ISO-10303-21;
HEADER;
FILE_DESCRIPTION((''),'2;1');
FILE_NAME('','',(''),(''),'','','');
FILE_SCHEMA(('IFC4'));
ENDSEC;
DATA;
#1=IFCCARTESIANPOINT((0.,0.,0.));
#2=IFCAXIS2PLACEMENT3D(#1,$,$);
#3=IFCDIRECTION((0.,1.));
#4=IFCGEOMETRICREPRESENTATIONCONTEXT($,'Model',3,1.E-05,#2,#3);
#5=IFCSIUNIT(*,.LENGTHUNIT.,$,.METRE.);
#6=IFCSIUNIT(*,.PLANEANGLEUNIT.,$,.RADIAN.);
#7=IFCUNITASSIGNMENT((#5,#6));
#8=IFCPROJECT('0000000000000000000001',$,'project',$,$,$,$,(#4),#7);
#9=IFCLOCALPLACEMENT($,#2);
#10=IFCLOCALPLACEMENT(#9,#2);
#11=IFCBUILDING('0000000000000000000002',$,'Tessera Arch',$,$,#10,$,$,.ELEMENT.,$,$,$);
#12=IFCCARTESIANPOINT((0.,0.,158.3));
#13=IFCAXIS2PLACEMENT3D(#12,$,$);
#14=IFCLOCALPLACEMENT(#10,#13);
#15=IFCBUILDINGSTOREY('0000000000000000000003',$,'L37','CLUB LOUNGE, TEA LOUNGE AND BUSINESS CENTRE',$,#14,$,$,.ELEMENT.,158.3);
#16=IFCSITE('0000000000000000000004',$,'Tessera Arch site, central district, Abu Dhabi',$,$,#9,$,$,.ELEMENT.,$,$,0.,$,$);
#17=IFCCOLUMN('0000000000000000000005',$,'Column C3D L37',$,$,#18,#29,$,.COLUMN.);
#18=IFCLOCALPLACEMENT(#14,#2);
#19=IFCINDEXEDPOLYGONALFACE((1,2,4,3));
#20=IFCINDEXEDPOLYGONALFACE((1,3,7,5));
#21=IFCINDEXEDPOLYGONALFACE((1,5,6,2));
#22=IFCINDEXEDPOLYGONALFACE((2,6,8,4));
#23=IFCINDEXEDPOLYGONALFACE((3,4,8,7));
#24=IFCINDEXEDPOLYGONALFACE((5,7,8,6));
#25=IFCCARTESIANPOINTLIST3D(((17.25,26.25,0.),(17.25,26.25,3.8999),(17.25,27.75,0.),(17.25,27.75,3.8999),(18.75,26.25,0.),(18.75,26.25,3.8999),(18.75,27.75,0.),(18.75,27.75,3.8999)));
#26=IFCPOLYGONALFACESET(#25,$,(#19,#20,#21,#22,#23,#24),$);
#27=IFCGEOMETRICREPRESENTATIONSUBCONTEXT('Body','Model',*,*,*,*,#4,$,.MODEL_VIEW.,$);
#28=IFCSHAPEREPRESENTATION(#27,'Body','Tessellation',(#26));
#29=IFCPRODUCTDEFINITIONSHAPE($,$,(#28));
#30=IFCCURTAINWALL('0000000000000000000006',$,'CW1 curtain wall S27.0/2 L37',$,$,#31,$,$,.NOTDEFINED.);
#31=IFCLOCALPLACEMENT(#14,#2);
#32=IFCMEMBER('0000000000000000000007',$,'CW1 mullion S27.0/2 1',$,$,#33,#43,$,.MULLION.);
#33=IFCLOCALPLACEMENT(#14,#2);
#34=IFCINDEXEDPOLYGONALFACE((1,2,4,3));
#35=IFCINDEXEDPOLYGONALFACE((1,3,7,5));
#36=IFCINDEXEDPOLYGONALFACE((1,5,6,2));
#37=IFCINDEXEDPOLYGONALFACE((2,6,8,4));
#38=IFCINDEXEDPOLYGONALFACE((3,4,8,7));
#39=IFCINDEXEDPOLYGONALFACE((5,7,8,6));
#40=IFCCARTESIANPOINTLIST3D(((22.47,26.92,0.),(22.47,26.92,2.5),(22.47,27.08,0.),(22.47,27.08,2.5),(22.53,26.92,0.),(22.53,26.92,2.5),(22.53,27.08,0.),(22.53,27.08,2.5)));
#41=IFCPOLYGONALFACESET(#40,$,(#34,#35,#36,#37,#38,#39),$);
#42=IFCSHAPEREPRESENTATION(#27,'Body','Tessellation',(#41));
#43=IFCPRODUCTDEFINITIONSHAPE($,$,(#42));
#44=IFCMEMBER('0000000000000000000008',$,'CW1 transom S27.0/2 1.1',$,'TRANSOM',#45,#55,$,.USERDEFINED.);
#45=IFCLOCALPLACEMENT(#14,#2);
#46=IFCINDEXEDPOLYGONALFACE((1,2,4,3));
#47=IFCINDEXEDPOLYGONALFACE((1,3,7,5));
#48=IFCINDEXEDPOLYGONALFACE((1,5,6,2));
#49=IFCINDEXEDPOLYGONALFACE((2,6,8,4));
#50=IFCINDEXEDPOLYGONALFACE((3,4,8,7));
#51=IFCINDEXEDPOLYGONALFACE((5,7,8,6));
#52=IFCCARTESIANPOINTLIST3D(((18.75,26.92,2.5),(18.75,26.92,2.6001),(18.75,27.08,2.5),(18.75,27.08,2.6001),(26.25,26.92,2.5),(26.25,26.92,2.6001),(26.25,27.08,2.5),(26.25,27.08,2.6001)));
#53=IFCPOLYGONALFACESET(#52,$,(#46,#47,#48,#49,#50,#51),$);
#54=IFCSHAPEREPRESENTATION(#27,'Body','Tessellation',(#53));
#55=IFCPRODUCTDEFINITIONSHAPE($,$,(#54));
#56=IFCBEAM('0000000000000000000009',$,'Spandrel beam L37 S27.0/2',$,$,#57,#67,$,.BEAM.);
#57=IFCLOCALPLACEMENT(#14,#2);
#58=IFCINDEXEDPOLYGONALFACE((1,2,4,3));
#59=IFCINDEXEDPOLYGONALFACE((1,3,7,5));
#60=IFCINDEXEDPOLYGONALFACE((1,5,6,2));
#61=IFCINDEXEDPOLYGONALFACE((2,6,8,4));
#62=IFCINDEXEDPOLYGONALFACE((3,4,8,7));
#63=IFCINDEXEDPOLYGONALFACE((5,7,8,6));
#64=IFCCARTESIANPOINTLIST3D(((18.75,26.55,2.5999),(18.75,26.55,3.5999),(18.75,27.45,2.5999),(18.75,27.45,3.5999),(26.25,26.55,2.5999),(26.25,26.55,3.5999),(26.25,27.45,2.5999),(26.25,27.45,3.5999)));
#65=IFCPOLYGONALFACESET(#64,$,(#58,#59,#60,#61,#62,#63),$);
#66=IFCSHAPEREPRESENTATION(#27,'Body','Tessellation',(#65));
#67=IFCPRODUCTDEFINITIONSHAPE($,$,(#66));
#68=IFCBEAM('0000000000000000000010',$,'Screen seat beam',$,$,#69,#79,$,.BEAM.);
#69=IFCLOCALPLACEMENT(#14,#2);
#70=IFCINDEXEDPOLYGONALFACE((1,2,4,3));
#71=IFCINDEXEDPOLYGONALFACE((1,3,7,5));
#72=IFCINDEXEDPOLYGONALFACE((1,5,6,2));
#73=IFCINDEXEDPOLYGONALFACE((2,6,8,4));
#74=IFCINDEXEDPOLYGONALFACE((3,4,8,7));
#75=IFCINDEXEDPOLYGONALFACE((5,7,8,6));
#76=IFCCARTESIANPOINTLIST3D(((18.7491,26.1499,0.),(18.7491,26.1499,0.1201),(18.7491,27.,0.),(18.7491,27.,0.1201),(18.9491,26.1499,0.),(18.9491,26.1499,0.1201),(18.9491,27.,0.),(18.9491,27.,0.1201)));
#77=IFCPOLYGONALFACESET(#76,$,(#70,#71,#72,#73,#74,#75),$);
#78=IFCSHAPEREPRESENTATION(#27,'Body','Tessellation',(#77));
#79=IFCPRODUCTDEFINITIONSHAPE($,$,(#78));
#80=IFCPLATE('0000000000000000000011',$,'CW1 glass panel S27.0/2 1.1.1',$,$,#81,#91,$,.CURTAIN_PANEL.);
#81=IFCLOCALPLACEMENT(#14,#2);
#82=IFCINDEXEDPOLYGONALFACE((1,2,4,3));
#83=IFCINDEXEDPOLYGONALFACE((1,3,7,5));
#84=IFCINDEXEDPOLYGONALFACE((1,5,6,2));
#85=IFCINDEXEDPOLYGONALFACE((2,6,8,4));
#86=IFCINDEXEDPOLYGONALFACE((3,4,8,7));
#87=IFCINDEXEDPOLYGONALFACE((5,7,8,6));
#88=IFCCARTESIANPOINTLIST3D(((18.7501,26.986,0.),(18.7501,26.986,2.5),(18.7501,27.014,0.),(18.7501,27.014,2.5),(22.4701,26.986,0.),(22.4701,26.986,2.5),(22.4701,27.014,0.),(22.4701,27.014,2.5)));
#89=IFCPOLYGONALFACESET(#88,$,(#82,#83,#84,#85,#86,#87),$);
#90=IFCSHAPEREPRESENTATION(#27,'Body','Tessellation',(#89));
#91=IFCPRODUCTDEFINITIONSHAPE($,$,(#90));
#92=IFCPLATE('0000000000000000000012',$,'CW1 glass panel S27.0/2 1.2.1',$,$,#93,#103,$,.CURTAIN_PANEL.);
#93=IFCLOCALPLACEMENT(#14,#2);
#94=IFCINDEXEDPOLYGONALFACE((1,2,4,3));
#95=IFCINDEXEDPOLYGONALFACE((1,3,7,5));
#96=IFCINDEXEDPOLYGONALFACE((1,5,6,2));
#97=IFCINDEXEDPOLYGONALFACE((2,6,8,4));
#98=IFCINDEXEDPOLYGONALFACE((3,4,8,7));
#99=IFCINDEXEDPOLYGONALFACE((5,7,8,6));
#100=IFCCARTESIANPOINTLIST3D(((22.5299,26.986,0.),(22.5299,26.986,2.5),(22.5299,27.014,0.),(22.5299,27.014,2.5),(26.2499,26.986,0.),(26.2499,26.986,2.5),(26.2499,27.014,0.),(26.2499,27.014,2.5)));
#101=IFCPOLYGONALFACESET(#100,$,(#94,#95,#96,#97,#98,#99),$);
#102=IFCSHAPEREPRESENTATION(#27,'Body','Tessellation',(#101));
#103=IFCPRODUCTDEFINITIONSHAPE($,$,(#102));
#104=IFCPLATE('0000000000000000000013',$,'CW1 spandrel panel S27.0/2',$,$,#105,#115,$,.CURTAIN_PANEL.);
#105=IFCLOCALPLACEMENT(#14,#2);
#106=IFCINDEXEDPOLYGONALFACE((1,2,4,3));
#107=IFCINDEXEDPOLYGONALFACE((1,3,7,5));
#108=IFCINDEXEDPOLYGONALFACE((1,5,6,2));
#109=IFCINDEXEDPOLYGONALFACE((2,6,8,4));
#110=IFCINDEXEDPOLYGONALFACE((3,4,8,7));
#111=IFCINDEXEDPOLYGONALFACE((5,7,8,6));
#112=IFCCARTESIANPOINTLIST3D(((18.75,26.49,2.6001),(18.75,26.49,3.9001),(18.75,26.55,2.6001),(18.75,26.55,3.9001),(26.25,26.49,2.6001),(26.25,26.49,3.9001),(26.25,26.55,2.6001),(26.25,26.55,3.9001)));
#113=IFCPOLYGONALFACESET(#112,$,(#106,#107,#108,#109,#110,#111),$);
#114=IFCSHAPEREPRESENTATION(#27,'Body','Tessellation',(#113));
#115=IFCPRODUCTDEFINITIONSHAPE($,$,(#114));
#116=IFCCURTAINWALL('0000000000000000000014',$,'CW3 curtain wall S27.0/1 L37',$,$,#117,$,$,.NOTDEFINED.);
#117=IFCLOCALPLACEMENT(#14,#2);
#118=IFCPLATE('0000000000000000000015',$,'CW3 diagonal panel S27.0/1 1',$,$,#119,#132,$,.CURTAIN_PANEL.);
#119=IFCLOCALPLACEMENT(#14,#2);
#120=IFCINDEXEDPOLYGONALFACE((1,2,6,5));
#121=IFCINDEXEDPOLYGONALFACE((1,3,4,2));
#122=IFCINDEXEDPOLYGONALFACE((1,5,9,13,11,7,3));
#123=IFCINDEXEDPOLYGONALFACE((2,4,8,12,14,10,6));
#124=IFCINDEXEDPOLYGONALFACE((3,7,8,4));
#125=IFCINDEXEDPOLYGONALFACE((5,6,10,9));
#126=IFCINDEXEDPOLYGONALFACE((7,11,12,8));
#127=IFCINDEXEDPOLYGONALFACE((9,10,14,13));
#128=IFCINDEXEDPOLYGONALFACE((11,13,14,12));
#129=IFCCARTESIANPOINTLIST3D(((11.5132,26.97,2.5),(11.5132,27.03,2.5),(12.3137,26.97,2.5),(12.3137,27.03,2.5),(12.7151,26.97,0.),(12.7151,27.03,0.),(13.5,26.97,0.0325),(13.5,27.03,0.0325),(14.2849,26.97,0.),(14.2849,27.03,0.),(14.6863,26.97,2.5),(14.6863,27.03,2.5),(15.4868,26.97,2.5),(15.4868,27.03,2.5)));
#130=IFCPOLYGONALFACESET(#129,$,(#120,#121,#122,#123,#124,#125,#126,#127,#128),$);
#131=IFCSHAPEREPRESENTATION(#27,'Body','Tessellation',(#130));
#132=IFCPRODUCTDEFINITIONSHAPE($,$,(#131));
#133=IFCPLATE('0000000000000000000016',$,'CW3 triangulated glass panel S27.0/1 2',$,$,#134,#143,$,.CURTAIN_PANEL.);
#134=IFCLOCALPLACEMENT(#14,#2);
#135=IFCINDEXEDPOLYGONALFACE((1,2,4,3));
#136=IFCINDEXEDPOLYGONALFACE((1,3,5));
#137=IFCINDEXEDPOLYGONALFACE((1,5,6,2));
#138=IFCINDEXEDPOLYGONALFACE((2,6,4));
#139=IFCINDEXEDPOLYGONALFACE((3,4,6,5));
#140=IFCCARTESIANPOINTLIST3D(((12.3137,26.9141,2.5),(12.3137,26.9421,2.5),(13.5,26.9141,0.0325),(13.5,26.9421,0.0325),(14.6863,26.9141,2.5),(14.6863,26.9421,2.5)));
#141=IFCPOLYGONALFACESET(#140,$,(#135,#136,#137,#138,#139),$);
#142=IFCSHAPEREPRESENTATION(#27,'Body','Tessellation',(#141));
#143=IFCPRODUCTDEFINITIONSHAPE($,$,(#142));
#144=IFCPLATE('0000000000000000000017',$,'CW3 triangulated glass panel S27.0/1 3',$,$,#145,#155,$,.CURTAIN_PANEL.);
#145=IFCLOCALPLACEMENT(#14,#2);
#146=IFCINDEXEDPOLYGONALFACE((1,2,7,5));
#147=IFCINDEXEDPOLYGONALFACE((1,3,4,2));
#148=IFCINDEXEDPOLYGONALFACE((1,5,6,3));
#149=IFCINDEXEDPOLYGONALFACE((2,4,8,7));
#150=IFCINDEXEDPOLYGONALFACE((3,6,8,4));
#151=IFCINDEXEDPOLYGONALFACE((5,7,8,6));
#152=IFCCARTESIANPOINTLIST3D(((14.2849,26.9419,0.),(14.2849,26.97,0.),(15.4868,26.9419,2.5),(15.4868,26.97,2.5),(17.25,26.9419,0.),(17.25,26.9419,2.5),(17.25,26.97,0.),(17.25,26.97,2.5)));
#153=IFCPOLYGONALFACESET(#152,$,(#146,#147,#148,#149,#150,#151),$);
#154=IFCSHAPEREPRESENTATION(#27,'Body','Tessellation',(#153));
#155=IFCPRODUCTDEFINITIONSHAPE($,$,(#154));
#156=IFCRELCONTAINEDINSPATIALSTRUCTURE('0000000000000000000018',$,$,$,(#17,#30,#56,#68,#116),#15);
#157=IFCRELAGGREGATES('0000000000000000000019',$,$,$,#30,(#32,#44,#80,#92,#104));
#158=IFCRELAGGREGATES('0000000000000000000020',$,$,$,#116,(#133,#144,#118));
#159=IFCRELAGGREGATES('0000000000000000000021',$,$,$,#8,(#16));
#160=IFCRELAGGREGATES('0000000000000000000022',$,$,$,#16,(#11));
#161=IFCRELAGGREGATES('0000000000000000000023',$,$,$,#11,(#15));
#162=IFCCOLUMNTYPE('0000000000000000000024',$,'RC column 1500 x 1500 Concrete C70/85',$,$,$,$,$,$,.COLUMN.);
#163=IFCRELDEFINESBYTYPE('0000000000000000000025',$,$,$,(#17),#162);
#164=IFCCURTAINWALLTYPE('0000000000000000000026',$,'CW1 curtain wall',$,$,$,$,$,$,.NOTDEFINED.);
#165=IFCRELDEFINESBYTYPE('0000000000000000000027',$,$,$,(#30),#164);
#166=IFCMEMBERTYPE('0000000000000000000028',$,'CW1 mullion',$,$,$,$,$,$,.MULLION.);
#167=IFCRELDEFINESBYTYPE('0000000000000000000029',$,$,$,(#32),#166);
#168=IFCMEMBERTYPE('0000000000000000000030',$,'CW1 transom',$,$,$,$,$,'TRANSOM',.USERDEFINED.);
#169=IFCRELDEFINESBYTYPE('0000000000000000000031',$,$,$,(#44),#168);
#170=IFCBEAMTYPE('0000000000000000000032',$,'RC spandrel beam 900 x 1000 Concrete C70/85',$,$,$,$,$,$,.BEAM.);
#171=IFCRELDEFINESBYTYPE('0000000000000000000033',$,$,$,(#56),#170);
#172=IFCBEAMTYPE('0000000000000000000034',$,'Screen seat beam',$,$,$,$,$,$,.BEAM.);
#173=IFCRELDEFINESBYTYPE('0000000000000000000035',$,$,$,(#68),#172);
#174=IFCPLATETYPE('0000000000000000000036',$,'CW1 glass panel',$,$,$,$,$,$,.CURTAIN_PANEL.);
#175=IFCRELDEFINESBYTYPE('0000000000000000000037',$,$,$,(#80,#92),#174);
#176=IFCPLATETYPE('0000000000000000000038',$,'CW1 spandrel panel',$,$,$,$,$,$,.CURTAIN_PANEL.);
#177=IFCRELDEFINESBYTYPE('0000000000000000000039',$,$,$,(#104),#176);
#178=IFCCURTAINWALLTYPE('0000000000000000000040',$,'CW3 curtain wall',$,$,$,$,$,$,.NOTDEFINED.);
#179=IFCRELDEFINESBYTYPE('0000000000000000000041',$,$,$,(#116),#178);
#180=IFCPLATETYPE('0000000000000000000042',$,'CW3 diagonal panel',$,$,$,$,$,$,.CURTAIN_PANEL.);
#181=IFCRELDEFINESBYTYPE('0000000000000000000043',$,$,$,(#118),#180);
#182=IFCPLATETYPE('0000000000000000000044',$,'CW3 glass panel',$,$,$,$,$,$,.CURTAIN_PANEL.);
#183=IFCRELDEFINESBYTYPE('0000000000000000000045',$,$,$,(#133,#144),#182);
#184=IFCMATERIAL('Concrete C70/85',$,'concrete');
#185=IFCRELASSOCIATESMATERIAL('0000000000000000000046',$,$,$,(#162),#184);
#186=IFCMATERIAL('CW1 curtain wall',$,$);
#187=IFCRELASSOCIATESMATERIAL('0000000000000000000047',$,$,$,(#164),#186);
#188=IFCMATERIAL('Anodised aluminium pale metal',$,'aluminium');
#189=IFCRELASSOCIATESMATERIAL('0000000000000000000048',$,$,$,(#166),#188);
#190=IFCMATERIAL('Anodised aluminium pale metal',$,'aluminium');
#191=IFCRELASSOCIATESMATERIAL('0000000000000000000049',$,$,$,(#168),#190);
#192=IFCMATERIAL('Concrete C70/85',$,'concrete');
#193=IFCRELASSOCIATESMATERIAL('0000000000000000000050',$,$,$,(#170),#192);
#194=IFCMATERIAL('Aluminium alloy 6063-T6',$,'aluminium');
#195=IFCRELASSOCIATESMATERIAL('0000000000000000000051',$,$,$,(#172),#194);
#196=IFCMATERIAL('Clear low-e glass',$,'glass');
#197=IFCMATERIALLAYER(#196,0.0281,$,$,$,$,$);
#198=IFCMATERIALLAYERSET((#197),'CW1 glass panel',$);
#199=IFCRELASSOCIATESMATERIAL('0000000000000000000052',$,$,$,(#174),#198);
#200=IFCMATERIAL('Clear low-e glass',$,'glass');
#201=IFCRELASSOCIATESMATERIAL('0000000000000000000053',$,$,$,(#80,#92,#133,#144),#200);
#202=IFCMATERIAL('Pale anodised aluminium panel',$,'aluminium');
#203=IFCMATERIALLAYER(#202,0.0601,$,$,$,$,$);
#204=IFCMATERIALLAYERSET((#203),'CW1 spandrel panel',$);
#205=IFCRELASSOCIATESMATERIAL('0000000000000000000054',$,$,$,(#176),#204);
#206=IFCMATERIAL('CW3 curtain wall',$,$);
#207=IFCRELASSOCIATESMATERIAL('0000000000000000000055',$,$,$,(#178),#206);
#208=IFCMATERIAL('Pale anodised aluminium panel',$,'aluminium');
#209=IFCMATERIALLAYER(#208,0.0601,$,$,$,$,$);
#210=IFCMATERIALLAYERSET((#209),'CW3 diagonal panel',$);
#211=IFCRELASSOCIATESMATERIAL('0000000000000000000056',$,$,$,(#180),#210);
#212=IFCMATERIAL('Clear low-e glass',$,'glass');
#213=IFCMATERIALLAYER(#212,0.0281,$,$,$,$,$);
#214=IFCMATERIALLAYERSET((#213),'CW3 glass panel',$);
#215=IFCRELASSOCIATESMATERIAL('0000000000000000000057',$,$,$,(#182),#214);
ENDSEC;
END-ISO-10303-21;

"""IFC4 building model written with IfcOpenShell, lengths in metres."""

from ifc_helpers import new_model, si_unit, direction, frame, origin, origin_2d, place, context, subcontext, project, spatial, polyline, rectangle, outline, extrude, material, layer, layer_set, material_profile, profile_set, type_object, element, aggregate, save


model = new_model("IFC4")

# Units and contexts
model_context = context("Model", 3, precision=1e-05, world=origin(), true_north=direction((0.0, 1.0)))
body_context = subcontext(model_context, "Body", "Model", "MODEL_VIEW")
ifc_project = project(units=[si_unit("LENGTHUNIT", "METRE"), si_unit("PLANEANGLEUNIT", "RADIAN")], contexts=[model_context])

# Site, building, storey
site_placement = place(None, origin())
site = spatial("IfcSite", under=ifc_project, at=site_placement, Name="Tessera Arch site, central district, Abu Dhabi", CompositionType="ELEMENT", RefElevation=0.0)
building_placement = place(site_placement, origin())
building = spatial("IfcBuilding", under=site, at=building_placement, Name="Tessera Arch", CompositionType="ELEMENT")
storey_placement = place(building_placement, frame((0.0, 0.0, 158.3)))
storey = spatial("IfcBuildingStorey", under=building, at=storey_placement, Name="L37", Description="CLUB LOUNGE, TEA LOUNGE AND BUSINESS CENTRE", CompositionType="ELEMENT", Elevation=158.3)

# Column
ifc_material_1 = material(Name="Concrete C70/85", Category="concrete")
ifc_material_profile_1 = material_profile(ifc_material_1, rectangle(XDim=1.5, YDim=1.5, at=origin_2d()), Name="RC column 1500 x 1500 Concrete C70/85")
ifc_profile_set_1 = profile_set([ifc_material_profile_1], Name="Concrete C70/85")
column_type = type_object("IfcColumnType", Name="RC column 1500 x 1500 Concrete C70/85", PredefinedType="COLUMN", material=ifc_profile_set_1)
column_placement = place(storey_placement, frame((18.0, 27.0, 0.0), z_axis=(0.0, 0.0, 1.0), x_axis=(1.0, 0.0, 0.0)))
element("IfcColumn", 1, at=column_placement, inside=storey, type_object=column_type, Name="Column C3D L37", PredefinedType="COLUMN", context=body_context, shape_type="SweptSolid", body=[
    extrude(rectangle(XDim=1.5, YDim=1.5, at=origin_2d()), origin(), (0.0, 0.0, 1.0), 3.8999),
])

# Curtain wall, members
ifc_material_2 = material(Name="CW1 curtain wall")
curtain_wall_type_1 = type_object("IfcCurtainWallType", Name="CW1 curtain wall", PredefinedType="NOTDEFINED", material=ifc_material_2)
curtain_wall_1_placement = place(storey_placement, origin())
curtain_wall_1 = element("IfcCurtainWall", 2, at=curtain_wall_1_placement, inside=storey, type_object=curtain_wall_type_1, Name="CW1 curtain wall S27.0/2 L37", PredefinedType="NOTDEFINED")
ifc_material_3 = material(Name="Anodised aluminium pale metal", Category="aluminium")
ifc_material_profile_2 = material_profile(ifc_material_3, rectangle(XDim=0.1599, YDim=0.0601, at=origin_2d()), Name="AL 60x160")
ifc_profile_set_2 = profile_set([ifc_material_profile_2], Name="Anodised aluminium pale metal")
member_type_1 = type_object("IfcMemberType", Name="CW1 mullion", PredefinedType="MULLION", material=ifc_profile_set_2)
member_1_placement = place(storey_placement, frame((22.5, 27.0, 0.0), z_axis=(0.0, 0.0, 1.0), x_axis=(0.0, 1.0, 0.0)))
member_1 = element("IfcMember", 3, at=member_1_placement, type_object=member_type_1, Name="CW1 mullion S27.0/2 1", PredefinedType="MULLION", context=body_context, shape_type="SweptSolid", body=[
    extrude(rectangle(XDim=0.1599, YDim=0.0601, at=origin_2d()), origin(), (0.0, 0.0, 1.0), 2.5),
])
ifc_material_4 = material(Name="Anodised aluminium pale metal", Category="aluminium")
ifc_material_profile_3 = material_profile(ifc_material_4, rectangle(XDim=0.1599, YDim=0.1001, at=origin_2d()), Name="AL 160x100")
ifc_profile_set_3 = profile_set([ifc_material_profile_3], Name="Anodised aluminium pale metal")
member_type_2 = type_object("IfcMemberType", Name="CW1 transom", ElementType="TRANSOM", PredefinedType="USERDEFINED", material=ifc_profile_set_3)
member_2_placement = place(storey_placement, frame((18.75, 27.0, 2.55), z_axis=(1.0, 0.0, 0.0), x_axis=(0.0, 1.0, 0.0)))
member_2 = element("IfcMember", 4, at=member_2_placement, type_object=member_type_2, Name="CW1 transom S27.0/2 1.1", ObjectType="TRANSOM", PredefinedType="USERDEFINED", context=body_context, shape_type="SweptSolid", body=[
    extrude(rectangle(XDim=0.1599, YDim=0.1001, at=origin_2d()), origin(), (0.0, 0.0, 1.0), 7.5),
])

# Beams
ifc_material_5 = material(Name="Concrete C70/85", Category="concrete")
ifc_material_profile_4 = material_profile(ifc_material_5, rectangle(XDim=0.8999, YDim=1.0, at=origin_2d()), Name="RC spandrel beam 900 x 1000 Concrete C70/85")
ifc_profile_set_4 = profile_set([ifc_material_profile_4], Name="Concrete C70/85")
beam_type_1 = type_object("IfcBeamType", Name="RC spandrel beam 900 x 1000 Concrete C70/85", PredefinedType="BEAM", material=ifc_profile_set_4)
beam_1_placement = place(storey_placement, frame((18.75, 27.0, 3.0999), z_axis=(1.0, 0.0, 0.0), x_axis=(0.0, 1.0, 0.0)))
element("IfcBeam", 5, at=beam_1_placement, inside=storey, type_object=beam_type_1, Name="Spandrel beam L37 S27.0/2", PredefinedType="BEAM", context=body_context, shape_type="SweptSolid", body=[
    extrude(rectangle(XDim=0.8999, YDim=1.0, at=origin_2d()), origin(), (0.0, 0.0, 1.0), 7.5),
])
ifc_material_6 = material(Name="Aluminium alloy 6063-T6", Category="aluminium")
ifc_material_profile_5 = material_profile(ifc_material_6, rectangle(XDim=0.2, YDim=0.1201, at=origin_2d()), Name="AL 200x120")
ifc_profile_set_5 = profile_set([ifc_material_profile_5], Name="Aluminium alloy 6063-T6")
beam_type_2 = type_object("IfcBeamType", Name="Screen seat beam", PredefinedType="BEAM", material=ifc_profile_set_5)
beam_2_placement = place(storey_placement, frame((18.8491, 27.0, 0.0601), z_axis=(0.0, -1.0, 0.0), x_axis=(1.0, 0.0, 0.0)))
element("IfcBeam", 6, at=beam_2_placement, inside=storey, type_object=beam_type_2, Name="Screen seat beam", PredefinedType="BEAM", context=body_context, shape_type="SweptSolid", body=[
    extrude(rectangle(XDim=0.2, YDim=0.1201, at=origin_2d()), origin(), (0.0, 0.0, 1.0), 0.8501),
])

# Plates
ifc_material_7 = material(Name="Clear low-e glass", Category="glass")
ifc_material_8 = material(Name="Clear low-e glass", Category="glass")
ifc_layer_1 = layer(ifc_material_8, 0.0281)
ifc_layer_set_1 = layer_set([ifc_layer_1], Name="CW1 glass panel")
plate_type_1 = type_object("IfcPlateType", Name="CW1 glass panel", PredefinedType="CURTAIN_PANEL", material=ifc_layer_set_1)
plate_1_placement = place(storey_placement, frame((20.6101, 27.0, 0.0), z_axis=(0.0, 0.0, 1.0), x_axis=(1.0, 0.0, 0.0)))
plate_1 = element("IfcPlate", 7, at=plate_1_placement, type_object=plate_type_1, material=ifc_material_7, Name="CW1 glass panel S27.0/2 1.1.1", PredefinedType="CURTAIN_PANEL", context=body_context, shape_type="SweptSolid", body=[
    extrude(rectangle(XDim=3.72, YDim=0.0281, at=origin_2d()), origin(), (0.0, 0.0, 1.0), 2.5),
])
plate_2_placement = place(storey_placement, frame((24.3899, 27.0, 0.0), z_axis=(0.0, 0.0, 1.0), x_axis=(1.0, 0.0, 0.0)))
plate_2 = element("IfcPlate", 8, at=plate_2_placement, type_object=plate_type_1, material=ifc_material_7, Name="CW1 glass panel S27.0/2 1.2.1", PredefinedType="CURTAIN_PANEL", context=body_context, shape_type="SweptSolid", body=[
    extrude(rectangle(XDim=3.72, YDim=0.0281, at=origin_2d()), origin(), (0.0, 0.0, 1.0), 2.5),
])
ifc_material_9 = material(Name="Pale anodised aluminium panel", Category="aluminium")
ifc_layer_2 = layer(ifc_material_9, 0.0601)
ifc_layer_set_2 = layer_set([ifc_layer_2], Name="CW1 spandrel panel")
plate_type_2 = type_object("IfcPlateType", Name="CW1 spandrel panel", PredefinedType="CURTAIN_PANEL", material=ifc_layer_set_2)
plate_3_placement = place(storey_placement, frame((22.5, 26.52, 2.6001), z_axis=(0.0, 0.0, 1.0), x_axis=(1.0, 0.0, 0.0)))
plate_3 = element("IfcPlate", 9, at=plate_3_placement, type_object=plate_type_2, Name="CW1 spandrel panel S27.0/2", PredefinedType="CURTAIN_PANEL", context=body_context, shape_type="SweptSolid", body=[
    extrude(rectangle(XDim=7.5, YDim=0.0601, at=origin_2d()), origin(), (0.0, 0.0, 1.0), 1.3),
])
aggregate(curtain_wall_1, [member_1, member_2, plate_1, plate_2, plate_3])

# Curtain wall, plates
ifc_material_10 = material(Name="CW3 curtain wall")
curtain_wall_type_2 = type_object("IfcCurtainWallType", Name="CW3 curtain wall", PredefinedType="NOTDEFINED", material=ifc_material_10)
curtain_wall_2_placement = place(storey_placement, origin())
curtain_wall_2 = element("IfcCurtainWall", 10, at=curtain_wall_2_placement, inside=storey, type_object=curtain_wall_type_2, Name="CW3 curtain wall S27.0/1 L37", PredefinedType="NOTDEFINED")
ifc_material_11 = material(Name="Pale anodised aluminium panel", Category="aluminium")
ifc_layer_3 = layer(ifc_material_11, 0.0601)
ifc_layer_set_3 = layer_set([ifc_layer_3], Name="CW3 diagonal panel")
plate_type_3 = type_object("IfcPlateType", Name="CW3 diagonal panel", PredefinedType="CURTAIN_PANEL", material=ifc_layer_set_3)
plate_4_placement = place(storey_placement, frame((15.4868, 26.97, 2.5), z_axis=(0.0, -1.0, 0.0), x_axis=(-1.0, 0.0, 0.0)))
plate_4 = element("IfcPlate", 11, at=plate_4_placement, type_object=plate_type_3, Name="CW3 diagonal panel S27.0/1 1", PredefinedType="CURTAIN_PANEL", context=body_context, shape_type="SweptSolid", body=[
    extrude(outline(polyline([(0.0, 0.0), (0.8005, 0.0), (1.9868, 2.4675), (3.1731, 0.0), (3.9736, 0.0), (2.7717, 2.5), (1.2019, 2.5), (0.0, 0.0)])), origin(), (0.0, 0.0, -1.0), 0.0601),
])
ifc_material_12 = material(Name="Clear low-e glass", Category="glass")
ifc_layer_4 = layer(ifc_material_12, 0.0281)
ifc_layer_set_4 = layer_set([ifc_layer_4], Name="CW3 glass panel")
plate_type_4 = type_object("IfcPlateType", Name="CW3 glass panel", PredefinedType="CURTAIN_PANEL", material=ifc_layer_set_4)
plate_5_placement = place(storey_placement, frame((14.6863, 26.9141, 2.5), z_axis=(0.0, -1.0, 0.0), x_axis=(-1.0, 0.0, 0.0)))
plate_5 = element("IfcPlate", 12, at=plate_5_placement, type_object=plate_type_4, material=ifc_material_7, Name="CW3 triangulated glass panel S27.0/1 2", PredefinedType="CURTAIN_PANEL", context=body_context, shape_type="SweptSolid", body=[
    extrude(outline(polyline([(0.0, 0.0), (2.3726, 0.0), (1.1863, 2.4675), (0.0, 0.0)])), origin(), (0.0, 0.0, -1.0), 0.0281),
])
plate_6_placement = place(storey_placement, frame((17.25, 26.9419, 2.5), z_axis=(0.0, -1.0, 0.0), x_axis=(-1.0, 0.0, 0.0)))
plate_6 = element("IfcPlate", 13, at=plate_6_placement, type_object=plate_type_4, material=ifc_material_7, Name="CW3 triangulated glass panel S27.0/1 3", PredefinedType="CURTAIN_PANEL", context=body_context, shape_type="SweptSolid", body=[
    extrude(outline(polyline([(0.0, 0.0), (1.7632, 0.0), (2.9651, 2.5), (0.0, 2.5), (0.0, 0.0)])), origin(), (0.0, 0.0, -1.0), 0.0281),
])
aggregate(curtain_wall_2, [plate_5, plate_6, plate_4])

save(model, "model.ifc")
